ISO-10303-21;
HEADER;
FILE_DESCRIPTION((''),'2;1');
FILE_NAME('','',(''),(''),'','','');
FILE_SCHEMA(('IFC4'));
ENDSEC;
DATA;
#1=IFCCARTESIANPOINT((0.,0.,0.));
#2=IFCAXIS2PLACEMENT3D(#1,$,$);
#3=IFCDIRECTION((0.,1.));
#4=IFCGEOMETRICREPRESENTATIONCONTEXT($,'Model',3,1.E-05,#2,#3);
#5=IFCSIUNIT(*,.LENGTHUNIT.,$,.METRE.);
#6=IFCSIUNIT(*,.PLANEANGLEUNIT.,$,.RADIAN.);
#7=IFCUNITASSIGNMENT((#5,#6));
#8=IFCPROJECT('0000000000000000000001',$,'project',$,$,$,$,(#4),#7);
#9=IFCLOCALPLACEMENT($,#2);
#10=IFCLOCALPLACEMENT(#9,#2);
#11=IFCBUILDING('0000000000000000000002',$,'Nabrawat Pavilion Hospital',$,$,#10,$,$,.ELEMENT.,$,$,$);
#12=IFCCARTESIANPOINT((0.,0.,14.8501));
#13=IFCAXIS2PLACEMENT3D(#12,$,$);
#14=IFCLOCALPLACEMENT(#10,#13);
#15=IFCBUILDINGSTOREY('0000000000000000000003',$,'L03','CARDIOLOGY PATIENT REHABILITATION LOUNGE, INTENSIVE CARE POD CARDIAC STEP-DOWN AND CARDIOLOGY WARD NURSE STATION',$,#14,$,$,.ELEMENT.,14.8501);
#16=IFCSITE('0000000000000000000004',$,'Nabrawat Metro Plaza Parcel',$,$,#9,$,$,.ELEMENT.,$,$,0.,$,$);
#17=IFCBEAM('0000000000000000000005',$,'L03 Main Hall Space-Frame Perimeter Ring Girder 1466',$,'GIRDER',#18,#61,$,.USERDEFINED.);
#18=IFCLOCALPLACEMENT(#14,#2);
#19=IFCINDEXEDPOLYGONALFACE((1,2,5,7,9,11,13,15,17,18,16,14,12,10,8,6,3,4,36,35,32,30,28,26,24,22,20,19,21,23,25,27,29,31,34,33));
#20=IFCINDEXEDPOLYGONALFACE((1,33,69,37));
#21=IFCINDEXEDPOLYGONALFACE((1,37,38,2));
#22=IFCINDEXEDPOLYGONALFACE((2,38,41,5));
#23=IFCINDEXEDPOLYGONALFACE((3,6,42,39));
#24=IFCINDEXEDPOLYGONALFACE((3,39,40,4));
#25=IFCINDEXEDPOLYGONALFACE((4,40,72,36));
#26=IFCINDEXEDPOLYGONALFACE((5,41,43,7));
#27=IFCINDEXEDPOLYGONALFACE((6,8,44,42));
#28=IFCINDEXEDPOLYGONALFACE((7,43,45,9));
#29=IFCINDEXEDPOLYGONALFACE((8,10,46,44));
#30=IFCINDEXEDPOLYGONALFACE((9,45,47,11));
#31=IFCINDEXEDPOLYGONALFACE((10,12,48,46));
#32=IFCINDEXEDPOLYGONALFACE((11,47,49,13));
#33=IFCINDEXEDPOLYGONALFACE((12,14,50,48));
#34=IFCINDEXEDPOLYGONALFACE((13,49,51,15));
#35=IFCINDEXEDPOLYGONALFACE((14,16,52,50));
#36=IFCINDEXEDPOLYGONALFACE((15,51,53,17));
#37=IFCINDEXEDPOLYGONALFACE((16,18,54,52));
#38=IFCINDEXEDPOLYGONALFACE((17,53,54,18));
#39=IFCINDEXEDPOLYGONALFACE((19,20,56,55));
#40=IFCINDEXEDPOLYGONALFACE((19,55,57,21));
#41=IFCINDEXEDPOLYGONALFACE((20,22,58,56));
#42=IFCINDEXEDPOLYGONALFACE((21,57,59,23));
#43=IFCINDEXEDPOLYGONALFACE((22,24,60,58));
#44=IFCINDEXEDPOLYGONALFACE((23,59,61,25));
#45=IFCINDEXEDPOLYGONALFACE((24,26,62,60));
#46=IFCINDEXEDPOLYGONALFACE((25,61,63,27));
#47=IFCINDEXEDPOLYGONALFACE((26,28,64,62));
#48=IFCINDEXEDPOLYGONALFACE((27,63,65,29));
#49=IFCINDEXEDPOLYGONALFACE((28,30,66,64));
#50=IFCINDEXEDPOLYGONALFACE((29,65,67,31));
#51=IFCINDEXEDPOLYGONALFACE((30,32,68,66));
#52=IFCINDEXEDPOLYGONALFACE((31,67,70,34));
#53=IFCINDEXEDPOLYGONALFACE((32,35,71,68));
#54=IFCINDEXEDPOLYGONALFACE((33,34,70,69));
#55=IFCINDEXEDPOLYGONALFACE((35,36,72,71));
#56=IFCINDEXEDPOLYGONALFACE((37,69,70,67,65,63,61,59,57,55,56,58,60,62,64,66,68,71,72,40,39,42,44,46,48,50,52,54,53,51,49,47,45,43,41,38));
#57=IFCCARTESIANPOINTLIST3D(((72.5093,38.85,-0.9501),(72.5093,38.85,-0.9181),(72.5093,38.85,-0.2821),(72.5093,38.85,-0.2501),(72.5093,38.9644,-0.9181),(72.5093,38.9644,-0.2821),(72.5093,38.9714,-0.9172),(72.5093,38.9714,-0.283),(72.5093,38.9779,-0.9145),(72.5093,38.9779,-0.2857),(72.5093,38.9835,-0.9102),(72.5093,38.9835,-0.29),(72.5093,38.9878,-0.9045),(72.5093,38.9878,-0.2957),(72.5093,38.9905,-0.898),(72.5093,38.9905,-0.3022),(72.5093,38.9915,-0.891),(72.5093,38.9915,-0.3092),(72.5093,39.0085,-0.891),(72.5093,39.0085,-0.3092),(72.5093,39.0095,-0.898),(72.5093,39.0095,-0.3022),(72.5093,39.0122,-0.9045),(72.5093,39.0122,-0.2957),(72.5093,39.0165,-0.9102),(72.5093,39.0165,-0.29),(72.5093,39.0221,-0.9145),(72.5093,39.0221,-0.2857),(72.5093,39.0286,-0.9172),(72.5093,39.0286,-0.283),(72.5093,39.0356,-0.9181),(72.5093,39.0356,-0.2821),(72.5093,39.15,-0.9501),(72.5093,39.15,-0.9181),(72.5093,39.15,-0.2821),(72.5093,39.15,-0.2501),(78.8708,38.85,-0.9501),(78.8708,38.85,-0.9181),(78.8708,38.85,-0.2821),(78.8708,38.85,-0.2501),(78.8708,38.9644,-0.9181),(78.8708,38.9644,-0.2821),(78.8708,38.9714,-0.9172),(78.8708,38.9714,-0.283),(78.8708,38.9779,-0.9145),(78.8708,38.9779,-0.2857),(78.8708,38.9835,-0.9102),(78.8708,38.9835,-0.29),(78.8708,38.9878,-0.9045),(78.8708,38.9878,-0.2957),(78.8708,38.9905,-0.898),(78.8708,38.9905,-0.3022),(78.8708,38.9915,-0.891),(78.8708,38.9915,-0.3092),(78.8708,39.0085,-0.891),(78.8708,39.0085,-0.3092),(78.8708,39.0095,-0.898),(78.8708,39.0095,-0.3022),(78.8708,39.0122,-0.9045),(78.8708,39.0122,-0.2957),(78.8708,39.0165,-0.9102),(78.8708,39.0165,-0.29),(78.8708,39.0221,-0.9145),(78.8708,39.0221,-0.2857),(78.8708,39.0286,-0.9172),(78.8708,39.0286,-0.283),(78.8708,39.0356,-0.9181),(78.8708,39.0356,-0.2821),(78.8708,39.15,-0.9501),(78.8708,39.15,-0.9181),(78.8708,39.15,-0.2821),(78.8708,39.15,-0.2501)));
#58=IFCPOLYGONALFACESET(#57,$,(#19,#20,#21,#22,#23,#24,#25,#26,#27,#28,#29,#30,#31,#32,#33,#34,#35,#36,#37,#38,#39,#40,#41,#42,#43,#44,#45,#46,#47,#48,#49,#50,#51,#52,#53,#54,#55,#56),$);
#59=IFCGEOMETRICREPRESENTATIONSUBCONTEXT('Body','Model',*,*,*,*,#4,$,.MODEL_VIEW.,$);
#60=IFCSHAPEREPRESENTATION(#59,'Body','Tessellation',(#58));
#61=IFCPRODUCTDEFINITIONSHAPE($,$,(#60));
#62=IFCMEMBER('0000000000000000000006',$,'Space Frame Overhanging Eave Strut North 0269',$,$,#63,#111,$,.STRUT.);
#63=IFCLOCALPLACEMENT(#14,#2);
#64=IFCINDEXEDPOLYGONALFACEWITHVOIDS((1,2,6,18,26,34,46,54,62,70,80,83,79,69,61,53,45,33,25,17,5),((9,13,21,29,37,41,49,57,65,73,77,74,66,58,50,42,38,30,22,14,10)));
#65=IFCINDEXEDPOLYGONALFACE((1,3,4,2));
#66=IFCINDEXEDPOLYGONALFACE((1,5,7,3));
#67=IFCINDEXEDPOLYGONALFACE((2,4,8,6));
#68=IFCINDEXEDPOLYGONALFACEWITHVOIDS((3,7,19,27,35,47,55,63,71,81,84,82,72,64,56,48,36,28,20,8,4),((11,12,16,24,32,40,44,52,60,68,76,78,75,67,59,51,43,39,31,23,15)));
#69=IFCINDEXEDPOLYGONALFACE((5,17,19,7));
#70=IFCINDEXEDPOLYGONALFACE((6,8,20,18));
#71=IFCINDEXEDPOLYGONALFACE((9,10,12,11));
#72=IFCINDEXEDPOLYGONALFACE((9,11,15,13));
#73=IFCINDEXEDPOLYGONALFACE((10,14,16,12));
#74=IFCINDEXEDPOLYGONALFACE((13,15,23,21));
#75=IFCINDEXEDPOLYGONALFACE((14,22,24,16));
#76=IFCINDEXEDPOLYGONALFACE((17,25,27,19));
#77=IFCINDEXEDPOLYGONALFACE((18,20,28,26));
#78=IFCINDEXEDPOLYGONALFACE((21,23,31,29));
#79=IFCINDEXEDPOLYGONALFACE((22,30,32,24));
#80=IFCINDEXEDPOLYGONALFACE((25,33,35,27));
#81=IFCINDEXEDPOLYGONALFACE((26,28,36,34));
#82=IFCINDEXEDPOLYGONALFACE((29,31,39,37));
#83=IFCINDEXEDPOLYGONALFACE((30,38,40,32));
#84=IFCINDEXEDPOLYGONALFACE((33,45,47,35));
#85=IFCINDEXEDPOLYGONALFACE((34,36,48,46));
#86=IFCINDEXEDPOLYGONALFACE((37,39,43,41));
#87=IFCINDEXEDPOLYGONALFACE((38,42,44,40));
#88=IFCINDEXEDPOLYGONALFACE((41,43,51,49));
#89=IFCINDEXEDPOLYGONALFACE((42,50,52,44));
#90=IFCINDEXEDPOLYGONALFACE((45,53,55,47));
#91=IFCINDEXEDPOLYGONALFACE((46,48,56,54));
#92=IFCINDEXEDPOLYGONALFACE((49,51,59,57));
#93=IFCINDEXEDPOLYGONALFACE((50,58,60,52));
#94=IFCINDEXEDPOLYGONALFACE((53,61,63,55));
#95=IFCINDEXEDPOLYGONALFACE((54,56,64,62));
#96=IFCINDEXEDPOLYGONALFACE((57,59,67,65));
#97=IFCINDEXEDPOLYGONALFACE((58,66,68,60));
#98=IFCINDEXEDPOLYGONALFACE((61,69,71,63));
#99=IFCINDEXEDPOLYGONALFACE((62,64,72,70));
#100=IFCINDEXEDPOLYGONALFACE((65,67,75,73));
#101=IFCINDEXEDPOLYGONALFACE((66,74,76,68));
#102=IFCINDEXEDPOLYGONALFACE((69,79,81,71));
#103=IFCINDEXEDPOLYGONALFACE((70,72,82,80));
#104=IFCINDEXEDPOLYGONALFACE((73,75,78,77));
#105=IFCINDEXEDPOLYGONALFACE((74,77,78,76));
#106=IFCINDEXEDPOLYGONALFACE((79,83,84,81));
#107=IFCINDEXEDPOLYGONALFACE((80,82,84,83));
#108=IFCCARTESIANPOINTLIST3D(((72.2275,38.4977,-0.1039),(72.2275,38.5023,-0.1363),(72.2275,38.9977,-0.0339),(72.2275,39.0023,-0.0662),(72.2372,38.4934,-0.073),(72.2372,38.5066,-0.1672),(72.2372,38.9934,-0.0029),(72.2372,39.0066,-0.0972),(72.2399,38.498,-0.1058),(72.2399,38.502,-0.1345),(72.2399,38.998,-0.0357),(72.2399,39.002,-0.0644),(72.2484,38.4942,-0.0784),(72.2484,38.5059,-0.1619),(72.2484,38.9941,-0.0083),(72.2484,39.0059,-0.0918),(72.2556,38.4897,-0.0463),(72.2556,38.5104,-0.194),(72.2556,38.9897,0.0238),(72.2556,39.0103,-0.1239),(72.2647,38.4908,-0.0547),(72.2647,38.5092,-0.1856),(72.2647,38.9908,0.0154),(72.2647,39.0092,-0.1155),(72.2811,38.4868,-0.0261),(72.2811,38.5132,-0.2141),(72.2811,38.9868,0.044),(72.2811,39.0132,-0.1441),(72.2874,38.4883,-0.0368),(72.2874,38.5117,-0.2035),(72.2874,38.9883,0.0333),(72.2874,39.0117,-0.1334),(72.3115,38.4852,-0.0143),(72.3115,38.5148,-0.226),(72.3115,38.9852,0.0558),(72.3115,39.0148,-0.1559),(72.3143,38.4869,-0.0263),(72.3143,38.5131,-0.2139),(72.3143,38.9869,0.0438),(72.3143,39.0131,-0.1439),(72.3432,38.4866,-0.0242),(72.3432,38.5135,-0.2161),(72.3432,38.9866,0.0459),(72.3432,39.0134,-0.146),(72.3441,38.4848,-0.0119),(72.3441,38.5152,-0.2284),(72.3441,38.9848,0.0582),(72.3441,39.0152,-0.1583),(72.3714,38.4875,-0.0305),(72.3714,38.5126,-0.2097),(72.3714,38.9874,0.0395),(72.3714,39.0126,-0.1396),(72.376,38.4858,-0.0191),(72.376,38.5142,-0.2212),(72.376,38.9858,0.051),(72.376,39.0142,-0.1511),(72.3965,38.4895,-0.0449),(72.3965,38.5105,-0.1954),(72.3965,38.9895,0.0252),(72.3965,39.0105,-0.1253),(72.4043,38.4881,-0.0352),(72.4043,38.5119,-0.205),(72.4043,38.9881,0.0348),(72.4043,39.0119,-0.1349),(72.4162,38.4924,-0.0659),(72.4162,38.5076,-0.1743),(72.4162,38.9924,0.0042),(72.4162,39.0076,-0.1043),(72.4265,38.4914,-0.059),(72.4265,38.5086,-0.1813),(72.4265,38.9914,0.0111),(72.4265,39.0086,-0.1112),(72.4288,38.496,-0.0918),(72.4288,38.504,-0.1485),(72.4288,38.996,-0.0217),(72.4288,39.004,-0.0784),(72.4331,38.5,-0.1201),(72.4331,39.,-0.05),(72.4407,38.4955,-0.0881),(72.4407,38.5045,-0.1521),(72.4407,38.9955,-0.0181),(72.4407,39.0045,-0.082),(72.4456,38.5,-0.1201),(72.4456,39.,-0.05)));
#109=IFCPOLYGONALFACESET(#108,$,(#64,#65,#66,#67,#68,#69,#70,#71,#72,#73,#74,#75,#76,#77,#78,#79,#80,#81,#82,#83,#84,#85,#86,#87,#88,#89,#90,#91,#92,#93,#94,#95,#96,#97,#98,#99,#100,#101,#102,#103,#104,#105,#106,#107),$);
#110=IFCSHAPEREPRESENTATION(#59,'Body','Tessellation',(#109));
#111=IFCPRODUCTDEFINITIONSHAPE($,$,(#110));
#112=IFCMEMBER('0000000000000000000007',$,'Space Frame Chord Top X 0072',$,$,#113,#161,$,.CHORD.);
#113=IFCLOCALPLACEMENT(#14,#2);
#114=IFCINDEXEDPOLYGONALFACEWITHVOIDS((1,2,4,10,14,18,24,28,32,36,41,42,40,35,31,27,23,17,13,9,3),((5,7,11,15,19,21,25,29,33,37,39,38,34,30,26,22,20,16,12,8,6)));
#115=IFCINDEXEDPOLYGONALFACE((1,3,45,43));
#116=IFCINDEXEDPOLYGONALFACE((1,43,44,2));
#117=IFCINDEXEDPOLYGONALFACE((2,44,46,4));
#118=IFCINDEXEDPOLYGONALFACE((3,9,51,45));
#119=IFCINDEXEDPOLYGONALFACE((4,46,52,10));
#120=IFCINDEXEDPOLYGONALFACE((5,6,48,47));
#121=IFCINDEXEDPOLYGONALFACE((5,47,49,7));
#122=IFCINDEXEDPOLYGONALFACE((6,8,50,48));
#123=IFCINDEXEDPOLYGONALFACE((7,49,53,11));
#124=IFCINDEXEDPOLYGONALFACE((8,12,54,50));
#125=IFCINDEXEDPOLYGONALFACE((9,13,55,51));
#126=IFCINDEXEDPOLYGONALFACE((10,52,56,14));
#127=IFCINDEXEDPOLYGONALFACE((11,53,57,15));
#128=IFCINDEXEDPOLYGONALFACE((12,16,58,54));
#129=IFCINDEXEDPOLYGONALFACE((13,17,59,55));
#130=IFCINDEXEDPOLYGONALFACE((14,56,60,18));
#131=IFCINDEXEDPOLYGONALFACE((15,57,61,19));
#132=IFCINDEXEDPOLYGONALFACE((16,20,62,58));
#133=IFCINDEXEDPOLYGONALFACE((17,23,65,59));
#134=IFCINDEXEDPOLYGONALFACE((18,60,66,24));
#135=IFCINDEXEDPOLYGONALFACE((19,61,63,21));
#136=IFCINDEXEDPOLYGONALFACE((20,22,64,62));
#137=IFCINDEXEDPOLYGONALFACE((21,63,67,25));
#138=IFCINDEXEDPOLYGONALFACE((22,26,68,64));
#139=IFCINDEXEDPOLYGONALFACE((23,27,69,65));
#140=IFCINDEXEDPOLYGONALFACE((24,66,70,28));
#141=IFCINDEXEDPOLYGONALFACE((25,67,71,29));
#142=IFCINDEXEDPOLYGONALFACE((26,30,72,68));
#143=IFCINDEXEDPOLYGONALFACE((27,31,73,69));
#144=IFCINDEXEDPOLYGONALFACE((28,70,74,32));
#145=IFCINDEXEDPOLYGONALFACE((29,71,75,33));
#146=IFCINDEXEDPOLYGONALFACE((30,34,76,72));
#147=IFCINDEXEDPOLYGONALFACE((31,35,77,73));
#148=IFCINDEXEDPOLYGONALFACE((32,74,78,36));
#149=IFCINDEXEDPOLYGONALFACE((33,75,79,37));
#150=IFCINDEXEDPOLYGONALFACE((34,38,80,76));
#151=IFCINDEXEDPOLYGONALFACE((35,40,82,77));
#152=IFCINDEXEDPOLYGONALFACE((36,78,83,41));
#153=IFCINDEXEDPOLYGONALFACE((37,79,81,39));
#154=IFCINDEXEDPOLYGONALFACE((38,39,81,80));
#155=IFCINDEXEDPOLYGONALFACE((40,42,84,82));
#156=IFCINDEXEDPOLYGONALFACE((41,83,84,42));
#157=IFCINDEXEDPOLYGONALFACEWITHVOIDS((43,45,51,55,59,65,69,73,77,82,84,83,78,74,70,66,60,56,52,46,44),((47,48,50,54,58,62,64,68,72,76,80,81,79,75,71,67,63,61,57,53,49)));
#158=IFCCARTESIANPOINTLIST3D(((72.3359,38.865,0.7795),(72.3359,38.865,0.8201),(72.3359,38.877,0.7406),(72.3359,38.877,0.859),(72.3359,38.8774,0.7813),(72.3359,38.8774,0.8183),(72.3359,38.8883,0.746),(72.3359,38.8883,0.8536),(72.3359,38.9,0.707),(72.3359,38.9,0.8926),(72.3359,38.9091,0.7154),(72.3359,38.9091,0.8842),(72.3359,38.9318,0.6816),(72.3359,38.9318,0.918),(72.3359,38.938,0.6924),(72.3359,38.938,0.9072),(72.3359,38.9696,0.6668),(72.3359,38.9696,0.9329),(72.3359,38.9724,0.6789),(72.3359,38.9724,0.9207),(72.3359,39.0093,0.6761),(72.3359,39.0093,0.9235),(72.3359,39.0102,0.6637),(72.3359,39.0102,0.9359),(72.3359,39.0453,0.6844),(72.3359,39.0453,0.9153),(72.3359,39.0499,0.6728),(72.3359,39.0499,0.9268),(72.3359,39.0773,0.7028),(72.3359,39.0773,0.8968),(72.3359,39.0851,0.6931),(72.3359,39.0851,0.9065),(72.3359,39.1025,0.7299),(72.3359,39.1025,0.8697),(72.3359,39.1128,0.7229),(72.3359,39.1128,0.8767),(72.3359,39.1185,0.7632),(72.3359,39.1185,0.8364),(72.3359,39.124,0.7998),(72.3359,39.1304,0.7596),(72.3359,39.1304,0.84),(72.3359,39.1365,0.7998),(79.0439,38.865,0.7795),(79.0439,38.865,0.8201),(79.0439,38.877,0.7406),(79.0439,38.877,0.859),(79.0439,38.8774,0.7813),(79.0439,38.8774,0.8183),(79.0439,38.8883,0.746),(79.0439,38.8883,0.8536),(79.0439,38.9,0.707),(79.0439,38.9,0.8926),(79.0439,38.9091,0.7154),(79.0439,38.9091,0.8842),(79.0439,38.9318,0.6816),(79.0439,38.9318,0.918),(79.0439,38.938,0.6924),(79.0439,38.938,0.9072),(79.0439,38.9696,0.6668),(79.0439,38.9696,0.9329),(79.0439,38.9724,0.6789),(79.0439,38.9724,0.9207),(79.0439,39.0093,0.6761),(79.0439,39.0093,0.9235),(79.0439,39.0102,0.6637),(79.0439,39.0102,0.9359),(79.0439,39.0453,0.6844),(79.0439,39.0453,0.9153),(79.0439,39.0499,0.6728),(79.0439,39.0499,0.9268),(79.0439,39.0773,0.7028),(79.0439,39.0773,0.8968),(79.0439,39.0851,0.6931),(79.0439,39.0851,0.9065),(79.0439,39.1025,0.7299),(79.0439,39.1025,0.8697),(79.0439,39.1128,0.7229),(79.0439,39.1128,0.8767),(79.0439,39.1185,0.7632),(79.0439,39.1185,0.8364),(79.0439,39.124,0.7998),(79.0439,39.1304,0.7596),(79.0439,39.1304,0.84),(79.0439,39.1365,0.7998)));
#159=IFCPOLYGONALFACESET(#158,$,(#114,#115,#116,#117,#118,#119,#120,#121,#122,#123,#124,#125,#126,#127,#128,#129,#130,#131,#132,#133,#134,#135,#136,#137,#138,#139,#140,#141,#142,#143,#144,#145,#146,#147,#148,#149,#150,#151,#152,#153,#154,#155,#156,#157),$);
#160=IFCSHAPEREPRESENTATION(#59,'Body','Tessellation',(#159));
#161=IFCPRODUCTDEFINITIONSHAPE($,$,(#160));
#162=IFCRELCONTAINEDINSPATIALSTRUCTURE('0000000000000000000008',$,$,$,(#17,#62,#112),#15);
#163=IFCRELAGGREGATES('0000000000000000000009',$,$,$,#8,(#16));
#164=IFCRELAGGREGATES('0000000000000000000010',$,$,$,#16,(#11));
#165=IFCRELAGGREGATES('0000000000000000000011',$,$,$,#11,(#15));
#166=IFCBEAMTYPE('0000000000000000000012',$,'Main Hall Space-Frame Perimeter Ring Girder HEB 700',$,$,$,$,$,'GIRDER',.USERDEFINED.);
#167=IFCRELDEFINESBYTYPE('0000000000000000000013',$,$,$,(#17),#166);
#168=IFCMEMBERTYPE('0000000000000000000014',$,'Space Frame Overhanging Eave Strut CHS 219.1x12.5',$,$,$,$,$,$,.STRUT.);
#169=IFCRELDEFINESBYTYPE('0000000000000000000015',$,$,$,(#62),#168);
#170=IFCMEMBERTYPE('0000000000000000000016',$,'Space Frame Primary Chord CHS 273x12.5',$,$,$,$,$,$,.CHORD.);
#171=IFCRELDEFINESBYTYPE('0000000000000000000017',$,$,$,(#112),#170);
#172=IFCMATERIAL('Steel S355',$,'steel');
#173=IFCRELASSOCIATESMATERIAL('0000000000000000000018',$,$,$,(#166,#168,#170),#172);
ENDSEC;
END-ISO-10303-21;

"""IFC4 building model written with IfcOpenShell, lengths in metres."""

from ifc_helpers import new_model, si_unit, direction, frame, origin, origin_2d, place, context, subcontext, project, spatial, hollow_circle, i_section, extrude, material, material_profile, profile_set, type_object, element, save


model = new_model("IFC4")

# Units and contexts
model_context = context("Model", 3, precision=1e-05, world=origin(), true_north=direction((0.0, 1.0)))
body_context = subcontext(model_context, "Body", "Model", "MODEL_VIEW")
ifc_project = project(units=[si_unit("LENGTHUNIT", "METRE"), si_unit("PLANEANGLEUNIT", "RADIAN")], contexts=[model_context])

# Site, building, storey
site_placement = place(None, origin())
site = spatial("IfcSite", under=ifc_project, at=site_placement, Name="Nabrawat Metro Plaza Parcel", CompositionType="ELEMENT", RefElevation=0.0)
building_placement = place(site_placement, origin())
building = spatial("IfcBuilding", under=site, at=building_placement, Name="Nabrawat Pavilion Hospital", CompositionType="ELEMENT")
storey_placement = place(building_placement, frame((0.0, 0.0, 14.8501)))
storey = spatial("IfcBuildingStorey", under=building, at=storey_placement, Name="L03", Description="CARDIOLOGY PATIENT REHABILITATION LOUNGE, INTENSIVE CARE POD CARDIAC STEP-DOWN AND CARDIOLOGY WARD NURSE STATION", CompositionType="ELEMENT", Elevation=14.8501)

# Beam
ifc_material = material(Name="Steel S355", Category="steel")
ifc_material_profile_1 = material_profile(ifc_material, i_section(OverallWidth=0.3, OverallDepth=0.7, WebThickness=0.0171, FlangeThickness=0.032, FilletRadius=0.0271, at=origin_2d()), Name="HEB 700")
ifc_profile_set_1 = profile_set([ifc_material_profile_1], Name="Steel S355")
beam_type = type_object("IfcBeamType", Name="Main Hall Space-Frame Perimeter Ring Girder HEB 700", ElementType="GIRDER", PredefinedType="USERDEFINED", material=ifc_profile_set_1)
beam_placement = place(storey_placement, frame((72.5093, 39.0, -0.6001), z_axis=(1.0, 0.0, 0.0), x_axis=(0.0, 1.0, 0.0)))
element("IfcBeam", 1, at=beam_placement, inside=storey, type_object=beam_type, Name="L03 Main Hall Space-Frame Perimeter Ring Girder 1466", ObjectType="GIRDER", PredefinedType="USERDEFINED", context=body_context, shape_type="SweptSolid", body=[
    extrude(i_section(OverallWidth=0.3, OverallDepth=0.7, WebThickness=0.0171, FlangeThickness=0.032, FilletRadius=0.0271, at=origin_2d()), origin(), (0.0, 0.0, 1.0), 6.3616),
])

# Members
ifc_material_profile_2 = material_profile(ifc_material, hollow_circle(Radius=0.1096, WallThickness=0.0125, at=origin_2d()), Name="CHS 219.1x12.5")
ifc_profile_set_2 = profile_set([ifc_material_profile_2], Name="Steel S355")
member_type_1 = type_object("IfcMemberType", Name="Space Frame Overhanging Eave Strut CHS 219.1x12.5", PredefinedType="STRUT", material=ifc_profile_set_2)
member_1_placement = place(storey_placement, frame((72.3359, 39.0, -0.05), z_axis=(0.0, -0.990323, -0.138781), x_axis=(1.0, 0.0, 0.0)))
element("IfcMember", 2, at=member_1_placement, inside=storey, type_object=member_type_1, Name="Space Frame Overhanging Eave Strut North 0269", PredefinedType="STRUT", context=body_context, shape_type="SweptSolid", body=[
    extrude(hollow_circle(Radius=0.1096, WallThickness=0.0125, at=origin_2d()), origin(), (0.0, 0.0, 1.0), 0.5049),
])
ifc_material_profile_3 = material_profile(ifc_material, hollow_circle(Radius=0.1365, WallThickness=0.0125, at=origin_2d()), Name="CHS 273x12.5")
ifc_profile_set_3 = profile_set([ifc_material_profile_3], Name="Steel S355")
member_type_2 = type_object("IfcMemberType", Name="Space Frame Primary Chord CHS 273x12.5", PredefinedType="CHORD", material=ifc_profile_set_3)
for number, where, z_axis, x_axis, name in (
    (3, (72.3359, 39.0, 0.7998), (1.0, 0.0, 0.0), (0.0, 1.0, 0.0), "Space Frame Chord Top X 0072"),
):
    element("IfcMember", number, at=place(storey_placement, frame(where, z_axis=z_axis, x_axis=x_axis)), inside=storey, type_object=member_type_2, Name=name, PredefinedType="CHORD", context=body_context, shape_type="SweptSolid", body=[
        extrude(hollow_circle(Radius=0.1365, WallThickness=0.0125, at=origin_2d()), origin(), (0.0, 0.0, 1.0), 6.708),
    ])

save(model, "model.ifc")
